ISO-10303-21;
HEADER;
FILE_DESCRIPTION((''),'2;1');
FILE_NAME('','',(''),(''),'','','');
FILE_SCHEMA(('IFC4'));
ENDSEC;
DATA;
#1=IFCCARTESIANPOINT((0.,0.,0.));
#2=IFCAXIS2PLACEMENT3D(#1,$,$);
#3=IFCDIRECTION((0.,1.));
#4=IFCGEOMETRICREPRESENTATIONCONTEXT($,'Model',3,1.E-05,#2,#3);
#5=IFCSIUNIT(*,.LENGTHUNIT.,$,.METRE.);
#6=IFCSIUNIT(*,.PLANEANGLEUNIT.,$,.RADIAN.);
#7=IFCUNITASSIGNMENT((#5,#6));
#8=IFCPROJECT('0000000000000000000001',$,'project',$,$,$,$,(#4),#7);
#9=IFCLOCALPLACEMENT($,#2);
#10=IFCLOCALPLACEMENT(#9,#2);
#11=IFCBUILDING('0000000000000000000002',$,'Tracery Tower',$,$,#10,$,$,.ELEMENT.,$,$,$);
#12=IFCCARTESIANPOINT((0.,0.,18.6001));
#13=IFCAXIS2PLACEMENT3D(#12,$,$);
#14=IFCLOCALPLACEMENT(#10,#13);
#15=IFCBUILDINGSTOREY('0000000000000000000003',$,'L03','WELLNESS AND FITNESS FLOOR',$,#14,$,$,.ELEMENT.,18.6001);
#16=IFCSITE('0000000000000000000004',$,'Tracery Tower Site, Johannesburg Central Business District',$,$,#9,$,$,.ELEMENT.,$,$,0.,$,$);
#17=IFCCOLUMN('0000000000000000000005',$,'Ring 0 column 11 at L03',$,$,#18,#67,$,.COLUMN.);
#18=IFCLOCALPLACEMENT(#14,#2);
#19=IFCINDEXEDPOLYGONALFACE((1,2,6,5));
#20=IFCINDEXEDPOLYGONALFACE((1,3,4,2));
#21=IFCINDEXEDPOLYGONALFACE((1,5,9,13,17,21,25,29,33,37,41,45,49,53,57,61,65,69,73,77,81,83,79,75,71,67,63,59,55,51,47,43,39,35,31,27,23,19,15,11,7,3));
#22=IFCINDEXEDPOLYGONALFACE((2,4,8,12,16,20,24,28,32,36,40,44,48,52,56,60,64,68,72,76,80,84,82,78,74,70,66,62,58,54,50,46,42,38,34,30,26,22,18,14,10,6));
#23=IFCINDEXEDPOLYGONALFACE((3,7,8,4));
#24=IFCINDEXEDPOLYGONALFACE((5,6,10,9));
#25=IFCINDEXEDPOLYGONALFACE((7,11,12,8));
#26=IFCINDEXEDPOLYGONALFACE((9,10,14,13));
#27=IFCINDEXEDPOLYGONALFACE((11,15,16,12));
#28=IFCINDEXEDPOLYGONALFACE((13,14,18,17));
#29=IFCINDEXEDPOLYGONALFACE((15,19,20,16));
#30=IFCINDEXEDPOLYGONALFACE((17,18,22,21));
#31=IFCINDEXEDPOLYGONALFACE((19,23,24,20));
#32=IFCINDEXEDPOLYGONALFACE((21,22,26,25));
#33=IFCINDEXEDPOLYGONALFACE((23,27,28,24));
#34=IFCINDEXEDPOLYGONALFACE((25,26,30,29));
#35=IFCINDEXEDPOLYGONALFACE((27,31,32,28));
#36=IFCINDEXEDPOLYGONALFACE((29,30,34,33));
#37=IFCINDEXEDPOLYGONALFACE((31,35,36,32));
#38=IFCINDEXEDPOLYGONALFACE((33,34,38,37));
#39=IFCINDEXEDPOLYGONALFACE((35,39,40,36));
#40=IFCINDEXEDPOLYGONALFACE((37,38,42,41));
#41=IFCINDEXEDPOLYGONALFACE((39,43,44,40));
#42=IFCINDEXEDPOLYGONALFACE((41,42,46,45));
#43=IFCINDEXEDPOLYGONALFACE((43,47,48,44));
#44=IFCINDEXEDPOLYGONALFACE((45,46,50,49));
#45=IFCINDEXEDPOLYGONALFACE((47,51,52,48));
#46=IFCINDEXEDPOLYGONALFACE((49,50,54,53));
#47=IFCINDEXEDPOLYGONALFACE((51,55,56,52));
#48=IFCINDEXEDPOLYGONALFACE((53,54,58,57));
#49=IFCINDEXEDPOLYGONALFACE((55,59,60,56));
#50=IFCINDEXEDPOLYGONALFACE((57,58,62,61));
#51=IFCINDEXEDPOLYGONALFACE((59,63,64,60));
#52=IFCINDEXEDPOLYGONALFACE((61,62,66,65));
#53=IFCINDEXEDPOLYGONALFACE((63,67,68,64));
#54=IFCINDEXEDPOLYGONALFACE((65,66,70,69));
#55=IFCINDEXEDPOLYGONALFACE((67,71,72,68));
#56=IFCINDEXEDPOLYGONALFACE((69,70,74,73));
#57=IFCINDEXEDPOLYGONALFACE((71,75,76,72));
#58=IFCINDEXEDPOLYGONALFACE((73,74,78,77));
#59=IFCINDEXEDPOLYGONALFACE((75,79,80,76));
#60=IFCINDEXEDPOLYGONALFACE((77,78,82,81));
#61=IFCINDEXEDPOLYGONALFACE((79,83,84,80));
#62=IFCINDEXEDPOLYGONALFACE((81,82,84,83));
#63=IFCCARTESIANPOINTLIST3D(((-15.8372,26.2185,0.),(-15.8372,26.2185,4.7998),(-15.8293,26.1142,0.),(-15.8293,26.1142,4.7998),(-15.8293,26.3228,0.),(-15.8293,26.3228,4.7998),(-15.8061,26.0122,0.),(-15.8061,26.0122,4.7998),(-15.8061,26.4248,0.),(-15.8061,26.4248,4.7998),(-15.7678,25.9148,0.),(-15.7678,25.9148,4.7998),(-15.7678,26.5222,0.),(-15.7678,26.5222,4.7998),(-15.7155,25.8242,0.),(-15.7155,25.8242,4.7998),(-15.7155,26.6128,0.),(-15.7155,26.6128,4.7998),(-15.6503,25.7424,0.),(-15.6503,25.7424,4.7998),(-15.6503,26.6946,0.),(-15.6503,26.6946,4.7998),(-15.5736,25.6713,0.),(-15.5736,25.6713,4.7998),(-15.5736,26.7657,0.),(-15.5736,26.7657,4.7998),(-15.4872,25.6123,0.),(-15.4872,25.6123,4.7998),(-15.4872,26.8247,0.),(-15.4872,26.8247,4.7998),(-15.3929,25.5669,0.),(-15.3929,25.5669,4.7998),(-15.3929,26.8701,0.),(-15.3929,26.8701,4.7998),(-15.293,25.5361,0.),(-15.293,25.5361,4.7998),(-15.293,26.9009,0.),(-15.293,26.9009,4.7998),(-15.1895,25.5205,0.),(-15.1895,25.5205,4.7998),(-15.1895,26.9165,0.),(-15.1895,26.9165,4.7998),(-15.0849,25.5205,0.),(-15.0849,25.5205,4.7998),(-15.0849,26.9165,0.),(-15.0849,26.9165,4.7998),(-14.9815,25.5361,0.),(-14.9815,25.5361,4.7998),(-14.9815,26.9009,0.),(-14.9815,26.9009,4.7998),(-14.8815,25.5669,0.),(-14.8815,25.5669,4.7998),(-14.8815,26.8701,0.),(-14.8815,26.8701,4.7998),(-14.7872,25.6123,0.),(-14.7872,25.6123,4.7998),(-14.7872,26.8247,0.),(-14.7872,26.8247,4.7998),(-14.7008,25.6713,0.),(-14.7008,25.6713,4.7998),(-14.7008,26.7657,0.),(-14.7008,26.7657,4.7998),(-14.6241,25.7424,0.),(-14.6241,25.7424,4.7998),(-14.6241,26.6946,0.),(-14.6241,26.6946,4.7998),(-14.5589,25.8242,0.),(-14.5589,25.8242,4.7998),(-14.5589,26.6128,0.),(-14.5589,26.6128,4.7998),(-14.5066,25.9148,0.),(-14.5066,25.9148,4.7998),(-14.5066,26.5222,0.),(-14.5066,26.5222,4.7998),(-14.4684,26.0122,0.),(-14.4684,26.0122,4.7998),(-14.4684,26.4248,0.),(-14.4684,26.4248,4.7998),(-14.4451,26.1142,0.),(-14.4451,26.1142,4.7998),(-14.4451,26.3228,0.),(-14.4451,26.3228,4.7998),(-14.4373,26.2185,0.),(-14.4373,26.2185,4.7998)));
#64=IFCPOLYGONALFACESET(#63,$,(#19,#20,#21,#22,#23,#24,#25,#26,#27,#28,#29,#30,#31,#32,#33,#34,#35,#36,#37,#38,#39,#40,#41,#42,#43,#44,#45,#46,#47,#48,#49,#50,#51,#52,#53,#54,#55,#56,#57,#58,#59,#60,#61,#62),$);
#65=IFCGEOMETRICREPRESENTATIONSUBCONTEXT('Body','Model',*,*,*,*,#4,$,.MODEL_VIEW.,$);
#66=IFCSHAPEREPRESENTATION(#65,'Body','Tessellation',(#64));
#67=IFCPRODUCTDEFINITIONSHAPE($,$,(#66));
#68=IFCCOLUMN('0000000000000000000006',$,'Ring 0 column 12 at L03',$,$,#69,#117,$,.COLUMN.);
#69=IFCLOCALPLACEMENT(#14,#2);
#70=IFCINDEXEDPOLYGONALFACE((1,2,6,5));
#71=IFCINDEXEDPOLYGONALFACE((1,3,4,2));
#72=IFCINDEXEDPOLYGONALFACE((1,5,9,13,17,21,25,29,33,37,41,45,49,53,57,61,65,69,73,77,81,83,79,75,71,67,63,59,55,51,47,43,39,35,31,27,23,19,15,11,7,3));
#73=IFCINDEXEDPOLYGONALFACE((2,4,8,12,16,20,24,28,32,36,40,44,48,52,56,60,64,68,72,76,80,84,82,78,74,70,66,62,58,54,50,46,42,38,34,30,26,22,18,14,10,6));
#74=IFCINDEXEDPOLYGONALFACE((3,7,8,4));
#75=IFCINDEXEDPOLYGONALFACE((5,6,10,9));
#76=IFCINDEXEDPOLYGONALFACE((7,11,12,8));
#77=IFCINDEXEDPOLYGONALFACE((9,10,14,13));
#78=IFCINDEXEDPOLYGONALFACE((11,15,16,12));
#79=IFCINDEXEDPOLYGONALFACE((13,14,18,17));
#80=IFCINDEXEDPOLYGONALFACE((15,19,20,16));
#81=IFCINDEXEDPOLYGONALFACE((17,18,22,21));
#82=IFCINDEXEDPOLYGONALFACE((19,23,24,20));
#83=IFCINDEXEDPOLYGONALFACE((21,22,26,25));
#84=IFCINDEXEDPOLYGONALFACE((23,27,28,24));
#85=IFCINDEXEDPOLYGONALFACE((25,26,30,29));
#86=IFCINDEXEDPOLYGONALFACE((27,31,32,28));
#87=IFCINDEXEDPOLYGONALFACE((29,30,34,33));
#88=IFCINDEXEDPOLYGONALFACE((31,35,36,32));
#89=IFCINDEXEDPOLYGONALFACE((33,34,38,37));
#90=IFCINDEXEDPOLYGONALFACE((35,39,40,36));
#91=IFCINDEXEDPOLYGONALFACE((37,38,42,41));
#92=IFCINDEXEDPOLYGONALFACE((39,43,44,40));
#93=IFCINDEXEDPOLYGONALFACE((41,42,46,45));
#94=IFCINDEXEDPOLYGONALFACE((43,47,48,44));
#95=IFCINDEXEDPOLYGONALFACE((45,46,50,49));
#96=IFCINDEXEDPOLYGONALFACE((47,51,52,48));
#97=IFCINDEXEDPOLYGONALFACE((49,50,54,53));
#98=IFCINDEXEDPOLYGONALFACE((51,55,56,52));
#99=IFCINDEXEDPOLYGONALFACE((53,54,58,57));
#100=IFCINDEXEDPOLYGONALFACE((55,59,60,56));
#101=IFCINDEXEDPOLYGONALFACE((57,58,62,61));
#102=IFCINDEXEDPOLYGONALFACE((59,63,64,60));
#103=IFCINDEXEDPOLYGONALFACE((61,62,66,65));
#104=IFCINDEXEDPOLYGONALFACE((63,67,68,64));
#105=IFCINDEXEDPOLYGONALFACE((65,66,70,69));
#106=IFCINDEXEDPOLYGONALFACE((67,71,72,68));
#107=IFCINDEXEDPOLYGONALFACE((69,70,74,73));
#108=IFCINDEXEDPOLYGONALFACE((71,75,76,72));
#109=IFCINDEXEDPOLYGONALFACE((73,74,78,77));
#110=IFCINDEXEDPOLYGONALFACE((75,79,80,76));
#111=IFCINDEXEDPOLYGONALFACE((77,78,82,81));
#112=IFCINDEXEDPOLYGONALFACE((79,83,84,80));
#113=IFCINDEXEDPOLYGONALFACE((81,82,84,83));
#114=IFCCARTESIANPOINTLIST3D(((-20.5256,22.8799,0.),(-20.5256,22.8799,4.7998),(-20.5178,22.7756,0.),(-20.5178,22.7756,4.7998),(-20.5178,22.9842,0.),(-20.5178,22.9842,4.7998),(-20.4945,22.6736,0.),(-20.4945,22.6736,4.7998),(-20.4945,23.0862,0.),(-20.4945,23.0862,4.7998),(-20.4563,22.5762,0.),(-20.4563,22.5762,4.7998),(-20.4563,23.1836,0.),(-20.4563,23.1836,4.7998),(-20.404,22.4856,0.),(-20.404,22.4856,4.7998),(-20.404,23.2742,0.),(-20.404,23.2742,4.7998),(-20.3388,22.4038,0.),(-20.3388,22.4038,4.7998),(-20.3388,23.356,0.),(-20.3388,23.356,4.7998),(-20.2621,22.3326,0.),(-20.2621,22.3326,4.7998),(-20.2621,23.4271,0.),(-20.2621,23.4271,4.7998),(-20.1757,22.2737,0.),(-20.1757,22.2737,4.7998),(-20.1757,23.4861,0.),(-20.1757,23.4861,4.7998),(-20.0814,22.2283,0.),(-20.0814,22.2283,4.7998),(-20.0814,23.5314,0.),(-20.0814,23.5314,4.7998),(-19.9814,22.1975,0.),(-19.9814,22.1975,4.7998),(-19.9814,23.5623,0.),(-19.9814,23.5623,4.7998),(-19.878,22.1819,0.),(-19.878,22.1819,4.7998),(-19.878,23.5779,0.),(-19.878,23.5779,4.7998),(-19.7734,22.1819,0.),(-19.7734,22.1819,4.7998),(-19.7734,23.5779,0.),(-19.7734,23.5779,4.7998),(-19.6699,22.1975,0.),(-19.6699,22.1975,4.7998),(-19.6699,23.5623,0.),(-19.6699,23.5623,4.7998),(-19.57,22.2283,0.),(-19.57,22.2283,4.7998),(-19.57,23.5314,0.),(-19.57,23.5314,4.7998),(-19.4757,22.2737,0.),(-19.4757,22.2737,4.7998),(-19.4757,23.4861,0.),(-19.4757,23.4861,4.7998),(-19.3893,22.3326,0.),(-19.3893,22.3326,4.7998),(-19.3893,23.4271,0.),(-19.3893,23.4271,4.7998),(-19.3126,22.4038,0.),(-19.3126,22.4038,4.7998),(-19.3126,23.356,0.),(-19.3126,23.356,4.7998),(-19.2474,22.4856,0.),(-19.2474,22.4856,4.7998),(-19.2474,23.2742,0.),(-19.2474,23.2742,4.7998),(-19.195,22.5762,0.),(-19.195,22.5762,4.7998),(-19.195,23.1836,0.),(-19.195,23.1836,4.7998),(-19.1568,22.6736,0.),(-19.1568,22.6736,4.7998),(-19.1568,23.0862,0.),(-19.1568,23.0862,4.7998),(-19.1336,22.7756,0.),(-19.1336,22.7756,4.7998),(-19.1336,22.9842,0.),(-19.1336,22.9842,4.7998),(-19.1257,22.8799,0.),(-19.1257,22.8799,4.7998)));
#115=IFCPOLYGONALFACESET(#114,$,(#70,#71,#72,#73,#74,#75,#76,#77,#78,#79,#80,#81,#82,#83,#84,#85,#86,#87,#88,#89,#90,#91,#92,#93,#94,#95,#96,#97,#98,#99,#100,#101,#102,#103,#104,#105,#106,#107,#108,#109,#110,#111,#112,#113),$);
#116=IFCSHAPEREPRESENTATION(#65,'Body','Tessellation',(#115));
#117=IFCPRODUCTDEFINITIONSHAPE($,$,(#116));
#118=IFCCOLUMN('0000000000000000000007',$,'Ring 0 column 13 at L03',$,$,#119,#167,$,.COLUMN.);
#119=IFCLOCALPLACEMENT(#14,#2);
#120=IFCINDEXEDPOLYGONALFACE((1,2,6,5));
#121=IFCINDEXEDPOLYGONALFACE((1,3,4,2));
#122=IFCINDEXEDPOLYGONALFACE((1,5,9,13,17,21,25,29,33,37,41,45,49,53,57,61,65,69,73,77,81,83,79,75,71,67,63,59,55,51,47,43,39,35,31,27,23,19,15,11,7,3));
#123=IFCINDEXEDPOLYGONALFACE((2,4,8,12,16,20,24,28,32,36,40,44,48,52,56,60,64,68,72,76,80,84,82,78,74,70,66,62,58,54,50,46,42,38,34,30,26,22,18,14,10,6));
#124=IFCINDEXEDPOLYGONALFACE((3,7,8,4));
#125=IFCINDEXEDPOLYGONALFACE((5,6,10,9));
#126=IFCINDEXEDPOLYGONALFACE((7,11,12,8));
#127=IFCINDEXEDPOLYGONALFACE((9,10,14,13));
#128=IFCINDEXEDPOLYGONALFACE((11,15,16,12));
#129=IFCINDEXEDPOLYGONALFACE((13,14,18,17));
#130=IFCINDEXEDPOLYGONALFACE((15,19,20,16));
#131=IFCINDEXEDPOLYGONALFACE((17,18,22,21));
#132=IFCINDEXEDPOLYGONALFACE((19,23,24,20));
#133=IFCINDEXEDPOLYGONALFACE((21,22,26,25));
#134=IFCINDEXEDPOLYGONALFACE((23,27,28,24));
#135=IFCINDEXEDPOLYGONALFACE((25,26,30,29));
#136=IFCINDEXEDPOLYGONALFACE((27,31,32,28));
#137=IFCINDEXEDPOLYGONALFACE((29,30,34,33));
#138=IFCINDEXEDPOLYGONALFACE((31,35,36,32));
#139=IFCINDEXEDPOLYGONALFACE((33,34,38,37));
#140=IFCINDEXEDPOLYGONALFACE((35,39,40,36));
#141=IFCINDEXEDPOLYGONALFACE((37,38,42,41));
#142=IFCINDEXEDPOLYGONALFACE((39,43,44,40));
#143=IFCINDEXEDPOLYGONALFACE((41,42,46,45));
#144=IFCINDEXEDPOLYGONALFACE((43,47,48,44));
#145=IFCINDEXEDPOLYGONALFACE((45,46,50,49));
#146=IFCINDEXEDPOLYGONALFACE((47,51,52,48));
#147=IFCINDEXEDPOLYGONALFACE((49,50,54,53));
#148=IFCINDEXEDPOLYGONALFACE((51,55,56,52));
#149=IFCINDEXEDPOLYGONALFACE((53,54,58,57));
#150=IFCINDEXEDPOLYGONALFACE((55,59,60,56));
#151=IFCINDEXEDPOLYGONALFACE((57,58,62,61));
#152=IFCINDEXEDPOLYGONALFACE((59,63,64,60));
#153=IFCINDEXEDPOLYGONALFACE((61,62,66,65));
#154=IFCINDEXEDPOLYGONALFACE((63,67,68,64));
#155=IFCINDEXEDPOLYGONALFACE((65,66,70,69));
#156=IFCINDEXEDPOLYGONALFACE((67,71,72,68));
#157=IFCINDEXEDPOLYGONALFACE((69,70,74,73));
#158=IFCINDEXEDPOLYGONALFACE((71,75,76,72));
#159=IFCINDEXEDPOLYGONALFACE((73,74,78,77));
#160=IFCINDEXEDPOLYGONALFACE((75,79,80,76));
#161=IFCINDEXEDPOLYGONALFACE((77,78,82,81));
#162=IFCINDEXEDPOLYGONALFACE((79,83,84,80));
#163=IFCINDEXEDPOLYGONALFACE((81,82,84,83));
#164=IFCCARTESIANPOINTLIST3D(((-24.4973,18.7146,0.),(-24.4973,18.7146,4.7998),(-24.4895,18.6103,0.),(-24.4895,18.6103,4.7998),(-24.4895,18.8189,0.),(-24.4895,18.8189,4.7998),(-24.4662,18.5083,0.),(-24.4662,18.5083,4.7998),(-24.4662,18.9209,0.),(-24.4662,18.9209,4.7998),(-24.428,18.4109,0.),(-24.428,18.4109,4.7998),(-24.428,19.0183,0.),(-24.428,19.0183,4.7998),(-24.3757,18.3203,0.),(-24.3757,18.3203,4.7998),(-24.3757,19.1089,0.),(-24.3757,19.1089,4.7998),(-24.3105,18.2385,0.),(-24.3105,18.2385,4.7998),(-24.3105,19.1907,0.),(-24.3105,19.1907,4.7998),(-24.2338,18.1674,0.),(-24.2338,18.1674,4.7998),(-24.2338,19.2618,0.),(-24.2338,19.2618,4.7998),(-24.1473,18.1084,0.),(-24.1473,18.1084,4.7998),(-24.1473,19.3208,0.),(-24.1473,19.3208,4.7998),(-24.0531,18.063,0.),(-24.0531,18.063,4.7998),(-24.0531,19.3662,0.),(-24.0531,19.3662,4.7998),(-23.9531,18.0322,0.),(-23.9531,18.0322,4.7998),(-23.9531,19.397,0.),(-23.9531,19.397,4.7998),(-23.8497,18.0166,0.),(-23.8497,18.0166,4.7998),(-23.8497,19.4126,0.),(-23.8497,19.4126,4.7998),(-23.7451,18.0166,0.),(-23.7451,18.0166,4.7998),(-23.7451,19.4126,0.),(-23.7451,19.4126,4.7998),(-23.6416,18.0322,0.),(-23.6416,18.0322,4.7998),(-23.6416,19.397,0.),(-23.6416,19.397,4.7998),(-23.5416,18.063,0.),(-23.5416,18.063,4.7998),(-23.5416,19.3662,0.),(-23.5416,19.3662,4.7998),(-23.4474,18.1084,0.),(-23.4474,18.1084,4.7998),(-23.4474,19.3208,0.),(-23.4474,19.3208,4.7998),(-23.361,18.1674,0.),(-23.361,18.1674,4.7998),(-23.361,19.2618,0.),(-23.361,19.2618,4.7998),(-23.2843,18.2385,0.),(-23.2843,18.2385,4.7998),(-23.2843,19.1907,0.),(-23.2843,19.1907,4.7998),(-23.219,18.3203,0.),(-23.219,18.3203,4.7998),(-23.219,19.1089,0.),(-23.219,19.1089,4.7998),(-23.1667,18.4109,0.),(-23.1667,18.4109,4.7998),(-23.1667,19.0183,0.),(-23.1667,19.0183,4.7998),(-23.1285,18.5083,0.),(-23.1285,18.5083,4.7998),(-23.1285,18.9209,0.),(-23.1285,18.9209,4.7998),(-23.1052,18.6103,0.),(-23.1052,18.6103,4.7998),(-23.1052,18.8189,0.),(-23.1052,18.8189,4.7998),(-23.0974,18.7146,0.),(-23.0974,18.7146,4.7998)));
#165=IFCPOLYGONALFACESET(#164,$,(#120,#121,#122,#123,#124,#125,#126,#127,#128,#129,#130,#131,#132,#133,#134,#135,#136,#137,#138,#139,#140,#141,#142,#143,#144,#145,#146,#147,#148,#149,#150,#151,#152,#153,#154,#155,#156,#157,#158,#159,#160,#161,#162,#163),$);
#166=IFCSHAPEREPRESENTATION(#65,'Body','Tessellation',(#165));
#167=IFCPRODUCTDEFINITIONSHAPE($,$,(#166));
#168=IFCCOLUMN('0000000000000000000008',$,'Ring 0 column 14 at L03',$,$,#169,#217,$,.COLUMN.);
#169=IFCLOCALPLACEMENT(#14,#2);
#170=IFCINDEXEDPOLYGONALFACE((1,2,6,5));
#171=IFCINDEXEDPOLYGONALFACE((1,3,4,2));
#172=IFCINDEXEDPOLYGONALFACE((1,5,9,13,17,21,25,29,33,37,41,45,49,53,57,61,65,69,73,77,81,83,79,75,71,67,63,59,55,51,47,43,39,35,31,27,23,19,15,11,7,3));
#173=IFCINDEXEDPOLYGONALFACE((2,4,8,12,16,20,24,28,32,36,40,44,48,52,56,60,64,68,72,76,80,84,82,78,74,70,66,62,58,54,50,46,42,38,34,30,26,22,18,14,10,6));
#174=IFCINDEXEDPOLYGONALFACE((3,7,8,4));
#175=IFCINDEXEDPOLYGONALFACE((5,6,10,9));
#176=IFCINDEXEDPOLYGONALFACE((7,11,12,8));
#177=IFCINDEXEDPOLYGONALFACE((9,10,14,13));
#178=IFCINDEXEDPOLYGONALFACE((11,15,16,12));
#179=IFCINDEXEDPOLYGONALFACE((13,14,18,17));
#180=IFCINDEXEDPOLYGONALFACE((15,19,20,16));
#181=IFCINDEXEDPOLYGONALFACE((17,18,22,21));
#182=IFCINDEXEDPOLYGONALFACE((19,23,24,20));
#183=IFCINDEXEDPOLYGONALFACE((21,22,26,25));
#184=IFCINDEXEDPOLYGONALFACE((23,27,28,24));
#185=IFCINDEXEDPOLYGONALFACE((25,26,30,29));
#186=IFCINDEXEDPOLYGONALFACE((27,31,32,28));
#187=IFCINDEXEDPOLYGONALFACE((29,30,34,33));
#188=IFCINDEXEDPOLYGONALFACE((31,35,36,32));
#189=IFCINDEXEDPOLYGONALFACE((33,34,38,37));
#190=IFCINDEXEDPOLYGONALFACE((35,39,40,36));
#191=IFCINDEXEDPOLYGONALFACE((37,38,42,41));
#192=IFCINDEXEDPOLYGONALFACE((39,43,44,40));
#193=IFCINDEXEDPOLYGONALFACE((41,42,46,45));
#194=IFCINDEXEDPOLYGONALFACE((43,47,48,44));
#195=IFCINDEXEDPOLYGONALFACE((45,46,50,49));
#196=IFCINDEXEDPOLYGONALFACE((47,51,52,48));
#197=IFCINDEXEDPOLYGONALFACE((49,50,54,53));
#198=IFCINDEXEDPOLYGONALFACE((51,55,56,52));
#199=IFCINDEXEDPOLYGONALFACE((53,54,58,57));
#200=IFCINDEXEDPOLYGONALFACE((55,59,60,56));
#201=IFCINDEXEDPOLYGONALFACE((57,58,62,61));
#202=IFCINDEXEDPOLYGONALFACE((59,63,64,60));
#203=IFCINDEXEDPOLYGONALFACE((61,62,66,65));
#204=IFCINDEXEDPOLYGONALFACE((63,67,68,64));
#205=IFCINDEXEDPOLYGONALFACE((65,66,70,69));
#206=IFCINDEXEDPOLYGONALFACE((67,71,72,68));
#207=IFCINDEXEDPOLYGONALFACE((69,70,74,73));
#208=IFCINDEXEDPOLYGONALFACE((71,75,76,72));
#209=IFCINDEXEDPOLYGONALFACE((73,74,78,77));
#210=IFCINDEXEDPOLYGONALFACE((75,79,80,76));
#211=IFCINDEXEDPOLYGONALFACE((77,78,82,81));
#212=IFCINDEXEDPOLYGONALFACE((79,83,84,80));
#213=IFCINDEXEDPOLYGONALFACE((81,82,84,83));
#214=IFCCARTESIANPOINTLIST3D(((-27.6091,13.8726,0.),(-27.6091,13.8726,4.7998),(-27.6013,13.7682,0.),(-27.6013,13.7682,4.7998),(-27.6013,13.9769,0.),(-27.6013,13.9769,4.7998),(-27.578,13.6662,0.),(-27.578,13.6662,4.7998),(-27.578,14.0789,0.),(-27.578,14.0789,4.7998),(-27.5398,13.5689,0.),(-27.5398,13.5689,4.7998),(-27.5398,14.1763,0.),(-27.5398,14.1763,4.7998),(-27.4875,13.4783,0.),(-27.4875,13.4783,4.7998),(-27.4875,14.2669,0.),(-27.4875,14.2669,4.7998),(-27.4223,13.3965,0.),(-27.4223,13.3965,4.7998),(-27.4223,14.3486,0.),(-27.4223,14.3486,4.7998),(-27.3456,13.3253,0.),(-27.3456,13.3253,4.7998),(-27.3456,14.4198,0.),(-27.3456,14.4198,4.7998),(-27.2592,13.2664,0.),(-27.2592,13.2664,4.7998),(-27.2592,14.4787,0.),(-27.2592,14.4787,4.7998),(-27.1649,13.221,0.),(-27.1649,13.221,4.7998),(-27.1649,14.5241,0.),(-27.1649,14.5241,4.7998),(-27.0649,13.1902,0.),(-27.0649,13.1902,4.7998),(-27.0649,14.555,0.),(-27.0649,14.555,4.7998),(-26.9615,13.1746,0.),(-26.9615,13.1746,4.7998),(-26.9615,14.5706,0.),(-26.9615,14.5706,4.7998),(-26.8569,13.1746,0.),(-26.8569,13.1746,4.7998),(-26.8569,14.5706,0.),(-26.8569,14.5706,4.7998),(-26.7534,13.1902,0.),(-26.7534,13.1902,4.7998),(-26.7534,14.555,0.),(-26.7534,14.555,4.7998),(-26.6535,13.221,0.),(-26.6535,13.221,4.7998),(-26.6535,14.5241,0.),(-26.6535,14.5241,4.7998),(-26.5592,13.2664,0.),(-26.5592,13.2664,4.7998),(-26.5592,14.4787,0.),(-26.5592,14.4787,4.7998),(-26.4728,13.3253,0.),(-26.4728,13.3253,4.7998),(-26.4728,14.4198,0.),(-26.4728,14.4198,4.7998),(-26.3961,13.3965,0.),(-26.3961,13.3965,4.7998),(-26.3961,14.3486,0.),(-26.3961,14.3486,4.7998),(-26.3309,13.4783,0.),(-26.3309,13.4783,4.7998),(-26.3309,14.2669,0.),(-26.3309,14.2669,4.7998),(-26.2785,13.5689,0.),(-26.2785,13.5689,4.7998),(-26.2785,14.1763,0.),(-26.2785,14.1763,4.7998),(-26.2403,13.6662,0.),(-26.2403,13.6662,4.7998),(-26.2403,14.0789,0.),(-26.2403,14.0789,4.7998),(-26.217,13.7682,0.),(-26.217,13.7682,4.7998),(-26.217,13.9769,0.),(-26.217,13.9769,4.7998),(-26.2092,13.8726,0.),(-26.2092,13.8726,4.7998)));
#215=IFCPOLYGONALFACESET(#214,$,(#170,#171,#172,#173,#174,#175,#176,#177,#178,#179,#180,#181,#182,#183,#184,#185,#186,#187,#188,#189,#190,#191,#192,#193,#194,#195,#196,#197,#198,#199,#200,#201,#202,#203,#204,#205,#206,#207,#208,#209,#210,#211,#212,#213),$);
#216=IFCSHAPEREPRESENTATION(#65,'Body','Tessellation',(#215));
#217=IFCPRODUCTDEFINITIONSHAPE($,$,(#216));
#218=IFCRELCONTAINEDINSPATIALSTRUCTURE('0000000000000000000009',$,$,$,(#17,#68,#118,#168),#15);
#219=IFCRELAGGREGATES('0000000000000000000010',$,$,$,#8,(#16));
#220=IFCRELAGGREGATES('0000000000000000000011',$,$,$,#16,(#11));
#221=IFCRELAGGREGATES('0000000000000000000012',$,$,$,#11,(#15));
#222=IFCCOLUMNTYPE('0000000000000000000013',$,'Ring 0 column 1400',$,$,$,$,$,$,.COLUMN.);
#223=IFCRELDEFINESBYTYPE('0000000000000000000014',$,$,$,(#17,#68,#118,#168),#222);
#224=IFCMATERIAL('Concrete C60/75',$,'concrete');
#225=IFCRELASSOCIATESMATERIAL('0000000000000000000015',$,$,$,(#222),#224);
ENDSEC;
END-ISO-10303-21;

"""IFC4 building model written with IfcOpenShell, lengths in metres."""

from ifc_helpers import new_model, si_unit, direction, frame, origin, origin_2d, place, context, subcontext, project, spatial, circle, extrude, material, material_profile, profile_set, type_object, element, save


model = new_model("IFC4")

# Units and contexts
model_context = context("Model", 3, precision=1e-05, world=origin(), true_north=direction((0.0, 1.0)))
body_context = subcontext(model_context, "Body", "Model", "MODEL_VIEW")
ifc_project = project(units=[si_unit("LENGTHUNIT", "METRE"), si_unit("PLANEANGLEUNIT", "RADIAN")], contexts=[model_context])

# Site, building, storey
site_placement = place(None, origin())
site = spatial("IfcSite", under=ifc_project, at=site_placement, Name="Tracery Tower Site, Johannesburg Central Business District", CompositionType="ELEMENT", RefElevation=0.0)
building_placement = place(site_placement, origin())
building = spatial("IfcBuilding", under=site, at=building_placement, Name="Tracery Tower", CompositionType="ELEMENT")
storey_placement = place(building_placement, frame((0.0, 0.0, 18.6001)))
storey = spatial("IfcBuildingStorey", under=building, at=storey_placement, Name="L03", Description="WELLNESS AND FITNESS FLOOR", CompositionType="ELEMENT", Elevation=18.6001)

# Columns
ifc_material_1 = material(Name="Concrete C60/75", Category="concrete")
ifc_material_profile_1 = material_profile(ifc_material_1, circle(Radius=0.7, at=origin_2d()), Name="RC D1400")
ifc_profile_set_1 = profile_set([ifc_material_profile_1], Name="Concrete C60/75")
column_type_1 = type_object("IfcColumnType", Name="Ring 0 column 1400", PredefinedType="COLUMN", material=ifc_profile_set_1)
for number, where, z_axis, x_axis, name in (
    (1, (-15.1372, 26.2185, 0.0), (0.0, 0.0, 1.0), (1.0, 0.0, 0.0), "Ring 0 column 11 at L03"),
    (2, (-19.8257, 22.8799, 0.0), (0.0, 0.0, 1.0), (1.0, 0.0, 0.0), "Ring 0 column 12 at L03"),
    (3, (-23.7974, 18.7146, 0.0), (0.0, 0.0, 1.0), (1.0, 0.0, 0.0), "Ring 0 column 13 at L03"),
    (4, (-26.9092, 13.8726, 0.0), (0.0, 0.0, 1.0), (1.0, 0.0, 0.0), "Ring 0 column 14 at L03"),
):
    element("IfcColumn", number, at=place(storey_placement, frame(where, z_axis=z_axis, x_axis=x_axis)), inside=storey, type_object=column_type_1, Name=name, PredefinedType="COLUMN", context=body_context, shape_type="SweptSolid", body=[
        extrude(circle(Radius=0.7, at=origin_2d()), origin(), (0.0, 0.0, 1.0), 4.7998),
    ])

save(model, "model.ifc")
